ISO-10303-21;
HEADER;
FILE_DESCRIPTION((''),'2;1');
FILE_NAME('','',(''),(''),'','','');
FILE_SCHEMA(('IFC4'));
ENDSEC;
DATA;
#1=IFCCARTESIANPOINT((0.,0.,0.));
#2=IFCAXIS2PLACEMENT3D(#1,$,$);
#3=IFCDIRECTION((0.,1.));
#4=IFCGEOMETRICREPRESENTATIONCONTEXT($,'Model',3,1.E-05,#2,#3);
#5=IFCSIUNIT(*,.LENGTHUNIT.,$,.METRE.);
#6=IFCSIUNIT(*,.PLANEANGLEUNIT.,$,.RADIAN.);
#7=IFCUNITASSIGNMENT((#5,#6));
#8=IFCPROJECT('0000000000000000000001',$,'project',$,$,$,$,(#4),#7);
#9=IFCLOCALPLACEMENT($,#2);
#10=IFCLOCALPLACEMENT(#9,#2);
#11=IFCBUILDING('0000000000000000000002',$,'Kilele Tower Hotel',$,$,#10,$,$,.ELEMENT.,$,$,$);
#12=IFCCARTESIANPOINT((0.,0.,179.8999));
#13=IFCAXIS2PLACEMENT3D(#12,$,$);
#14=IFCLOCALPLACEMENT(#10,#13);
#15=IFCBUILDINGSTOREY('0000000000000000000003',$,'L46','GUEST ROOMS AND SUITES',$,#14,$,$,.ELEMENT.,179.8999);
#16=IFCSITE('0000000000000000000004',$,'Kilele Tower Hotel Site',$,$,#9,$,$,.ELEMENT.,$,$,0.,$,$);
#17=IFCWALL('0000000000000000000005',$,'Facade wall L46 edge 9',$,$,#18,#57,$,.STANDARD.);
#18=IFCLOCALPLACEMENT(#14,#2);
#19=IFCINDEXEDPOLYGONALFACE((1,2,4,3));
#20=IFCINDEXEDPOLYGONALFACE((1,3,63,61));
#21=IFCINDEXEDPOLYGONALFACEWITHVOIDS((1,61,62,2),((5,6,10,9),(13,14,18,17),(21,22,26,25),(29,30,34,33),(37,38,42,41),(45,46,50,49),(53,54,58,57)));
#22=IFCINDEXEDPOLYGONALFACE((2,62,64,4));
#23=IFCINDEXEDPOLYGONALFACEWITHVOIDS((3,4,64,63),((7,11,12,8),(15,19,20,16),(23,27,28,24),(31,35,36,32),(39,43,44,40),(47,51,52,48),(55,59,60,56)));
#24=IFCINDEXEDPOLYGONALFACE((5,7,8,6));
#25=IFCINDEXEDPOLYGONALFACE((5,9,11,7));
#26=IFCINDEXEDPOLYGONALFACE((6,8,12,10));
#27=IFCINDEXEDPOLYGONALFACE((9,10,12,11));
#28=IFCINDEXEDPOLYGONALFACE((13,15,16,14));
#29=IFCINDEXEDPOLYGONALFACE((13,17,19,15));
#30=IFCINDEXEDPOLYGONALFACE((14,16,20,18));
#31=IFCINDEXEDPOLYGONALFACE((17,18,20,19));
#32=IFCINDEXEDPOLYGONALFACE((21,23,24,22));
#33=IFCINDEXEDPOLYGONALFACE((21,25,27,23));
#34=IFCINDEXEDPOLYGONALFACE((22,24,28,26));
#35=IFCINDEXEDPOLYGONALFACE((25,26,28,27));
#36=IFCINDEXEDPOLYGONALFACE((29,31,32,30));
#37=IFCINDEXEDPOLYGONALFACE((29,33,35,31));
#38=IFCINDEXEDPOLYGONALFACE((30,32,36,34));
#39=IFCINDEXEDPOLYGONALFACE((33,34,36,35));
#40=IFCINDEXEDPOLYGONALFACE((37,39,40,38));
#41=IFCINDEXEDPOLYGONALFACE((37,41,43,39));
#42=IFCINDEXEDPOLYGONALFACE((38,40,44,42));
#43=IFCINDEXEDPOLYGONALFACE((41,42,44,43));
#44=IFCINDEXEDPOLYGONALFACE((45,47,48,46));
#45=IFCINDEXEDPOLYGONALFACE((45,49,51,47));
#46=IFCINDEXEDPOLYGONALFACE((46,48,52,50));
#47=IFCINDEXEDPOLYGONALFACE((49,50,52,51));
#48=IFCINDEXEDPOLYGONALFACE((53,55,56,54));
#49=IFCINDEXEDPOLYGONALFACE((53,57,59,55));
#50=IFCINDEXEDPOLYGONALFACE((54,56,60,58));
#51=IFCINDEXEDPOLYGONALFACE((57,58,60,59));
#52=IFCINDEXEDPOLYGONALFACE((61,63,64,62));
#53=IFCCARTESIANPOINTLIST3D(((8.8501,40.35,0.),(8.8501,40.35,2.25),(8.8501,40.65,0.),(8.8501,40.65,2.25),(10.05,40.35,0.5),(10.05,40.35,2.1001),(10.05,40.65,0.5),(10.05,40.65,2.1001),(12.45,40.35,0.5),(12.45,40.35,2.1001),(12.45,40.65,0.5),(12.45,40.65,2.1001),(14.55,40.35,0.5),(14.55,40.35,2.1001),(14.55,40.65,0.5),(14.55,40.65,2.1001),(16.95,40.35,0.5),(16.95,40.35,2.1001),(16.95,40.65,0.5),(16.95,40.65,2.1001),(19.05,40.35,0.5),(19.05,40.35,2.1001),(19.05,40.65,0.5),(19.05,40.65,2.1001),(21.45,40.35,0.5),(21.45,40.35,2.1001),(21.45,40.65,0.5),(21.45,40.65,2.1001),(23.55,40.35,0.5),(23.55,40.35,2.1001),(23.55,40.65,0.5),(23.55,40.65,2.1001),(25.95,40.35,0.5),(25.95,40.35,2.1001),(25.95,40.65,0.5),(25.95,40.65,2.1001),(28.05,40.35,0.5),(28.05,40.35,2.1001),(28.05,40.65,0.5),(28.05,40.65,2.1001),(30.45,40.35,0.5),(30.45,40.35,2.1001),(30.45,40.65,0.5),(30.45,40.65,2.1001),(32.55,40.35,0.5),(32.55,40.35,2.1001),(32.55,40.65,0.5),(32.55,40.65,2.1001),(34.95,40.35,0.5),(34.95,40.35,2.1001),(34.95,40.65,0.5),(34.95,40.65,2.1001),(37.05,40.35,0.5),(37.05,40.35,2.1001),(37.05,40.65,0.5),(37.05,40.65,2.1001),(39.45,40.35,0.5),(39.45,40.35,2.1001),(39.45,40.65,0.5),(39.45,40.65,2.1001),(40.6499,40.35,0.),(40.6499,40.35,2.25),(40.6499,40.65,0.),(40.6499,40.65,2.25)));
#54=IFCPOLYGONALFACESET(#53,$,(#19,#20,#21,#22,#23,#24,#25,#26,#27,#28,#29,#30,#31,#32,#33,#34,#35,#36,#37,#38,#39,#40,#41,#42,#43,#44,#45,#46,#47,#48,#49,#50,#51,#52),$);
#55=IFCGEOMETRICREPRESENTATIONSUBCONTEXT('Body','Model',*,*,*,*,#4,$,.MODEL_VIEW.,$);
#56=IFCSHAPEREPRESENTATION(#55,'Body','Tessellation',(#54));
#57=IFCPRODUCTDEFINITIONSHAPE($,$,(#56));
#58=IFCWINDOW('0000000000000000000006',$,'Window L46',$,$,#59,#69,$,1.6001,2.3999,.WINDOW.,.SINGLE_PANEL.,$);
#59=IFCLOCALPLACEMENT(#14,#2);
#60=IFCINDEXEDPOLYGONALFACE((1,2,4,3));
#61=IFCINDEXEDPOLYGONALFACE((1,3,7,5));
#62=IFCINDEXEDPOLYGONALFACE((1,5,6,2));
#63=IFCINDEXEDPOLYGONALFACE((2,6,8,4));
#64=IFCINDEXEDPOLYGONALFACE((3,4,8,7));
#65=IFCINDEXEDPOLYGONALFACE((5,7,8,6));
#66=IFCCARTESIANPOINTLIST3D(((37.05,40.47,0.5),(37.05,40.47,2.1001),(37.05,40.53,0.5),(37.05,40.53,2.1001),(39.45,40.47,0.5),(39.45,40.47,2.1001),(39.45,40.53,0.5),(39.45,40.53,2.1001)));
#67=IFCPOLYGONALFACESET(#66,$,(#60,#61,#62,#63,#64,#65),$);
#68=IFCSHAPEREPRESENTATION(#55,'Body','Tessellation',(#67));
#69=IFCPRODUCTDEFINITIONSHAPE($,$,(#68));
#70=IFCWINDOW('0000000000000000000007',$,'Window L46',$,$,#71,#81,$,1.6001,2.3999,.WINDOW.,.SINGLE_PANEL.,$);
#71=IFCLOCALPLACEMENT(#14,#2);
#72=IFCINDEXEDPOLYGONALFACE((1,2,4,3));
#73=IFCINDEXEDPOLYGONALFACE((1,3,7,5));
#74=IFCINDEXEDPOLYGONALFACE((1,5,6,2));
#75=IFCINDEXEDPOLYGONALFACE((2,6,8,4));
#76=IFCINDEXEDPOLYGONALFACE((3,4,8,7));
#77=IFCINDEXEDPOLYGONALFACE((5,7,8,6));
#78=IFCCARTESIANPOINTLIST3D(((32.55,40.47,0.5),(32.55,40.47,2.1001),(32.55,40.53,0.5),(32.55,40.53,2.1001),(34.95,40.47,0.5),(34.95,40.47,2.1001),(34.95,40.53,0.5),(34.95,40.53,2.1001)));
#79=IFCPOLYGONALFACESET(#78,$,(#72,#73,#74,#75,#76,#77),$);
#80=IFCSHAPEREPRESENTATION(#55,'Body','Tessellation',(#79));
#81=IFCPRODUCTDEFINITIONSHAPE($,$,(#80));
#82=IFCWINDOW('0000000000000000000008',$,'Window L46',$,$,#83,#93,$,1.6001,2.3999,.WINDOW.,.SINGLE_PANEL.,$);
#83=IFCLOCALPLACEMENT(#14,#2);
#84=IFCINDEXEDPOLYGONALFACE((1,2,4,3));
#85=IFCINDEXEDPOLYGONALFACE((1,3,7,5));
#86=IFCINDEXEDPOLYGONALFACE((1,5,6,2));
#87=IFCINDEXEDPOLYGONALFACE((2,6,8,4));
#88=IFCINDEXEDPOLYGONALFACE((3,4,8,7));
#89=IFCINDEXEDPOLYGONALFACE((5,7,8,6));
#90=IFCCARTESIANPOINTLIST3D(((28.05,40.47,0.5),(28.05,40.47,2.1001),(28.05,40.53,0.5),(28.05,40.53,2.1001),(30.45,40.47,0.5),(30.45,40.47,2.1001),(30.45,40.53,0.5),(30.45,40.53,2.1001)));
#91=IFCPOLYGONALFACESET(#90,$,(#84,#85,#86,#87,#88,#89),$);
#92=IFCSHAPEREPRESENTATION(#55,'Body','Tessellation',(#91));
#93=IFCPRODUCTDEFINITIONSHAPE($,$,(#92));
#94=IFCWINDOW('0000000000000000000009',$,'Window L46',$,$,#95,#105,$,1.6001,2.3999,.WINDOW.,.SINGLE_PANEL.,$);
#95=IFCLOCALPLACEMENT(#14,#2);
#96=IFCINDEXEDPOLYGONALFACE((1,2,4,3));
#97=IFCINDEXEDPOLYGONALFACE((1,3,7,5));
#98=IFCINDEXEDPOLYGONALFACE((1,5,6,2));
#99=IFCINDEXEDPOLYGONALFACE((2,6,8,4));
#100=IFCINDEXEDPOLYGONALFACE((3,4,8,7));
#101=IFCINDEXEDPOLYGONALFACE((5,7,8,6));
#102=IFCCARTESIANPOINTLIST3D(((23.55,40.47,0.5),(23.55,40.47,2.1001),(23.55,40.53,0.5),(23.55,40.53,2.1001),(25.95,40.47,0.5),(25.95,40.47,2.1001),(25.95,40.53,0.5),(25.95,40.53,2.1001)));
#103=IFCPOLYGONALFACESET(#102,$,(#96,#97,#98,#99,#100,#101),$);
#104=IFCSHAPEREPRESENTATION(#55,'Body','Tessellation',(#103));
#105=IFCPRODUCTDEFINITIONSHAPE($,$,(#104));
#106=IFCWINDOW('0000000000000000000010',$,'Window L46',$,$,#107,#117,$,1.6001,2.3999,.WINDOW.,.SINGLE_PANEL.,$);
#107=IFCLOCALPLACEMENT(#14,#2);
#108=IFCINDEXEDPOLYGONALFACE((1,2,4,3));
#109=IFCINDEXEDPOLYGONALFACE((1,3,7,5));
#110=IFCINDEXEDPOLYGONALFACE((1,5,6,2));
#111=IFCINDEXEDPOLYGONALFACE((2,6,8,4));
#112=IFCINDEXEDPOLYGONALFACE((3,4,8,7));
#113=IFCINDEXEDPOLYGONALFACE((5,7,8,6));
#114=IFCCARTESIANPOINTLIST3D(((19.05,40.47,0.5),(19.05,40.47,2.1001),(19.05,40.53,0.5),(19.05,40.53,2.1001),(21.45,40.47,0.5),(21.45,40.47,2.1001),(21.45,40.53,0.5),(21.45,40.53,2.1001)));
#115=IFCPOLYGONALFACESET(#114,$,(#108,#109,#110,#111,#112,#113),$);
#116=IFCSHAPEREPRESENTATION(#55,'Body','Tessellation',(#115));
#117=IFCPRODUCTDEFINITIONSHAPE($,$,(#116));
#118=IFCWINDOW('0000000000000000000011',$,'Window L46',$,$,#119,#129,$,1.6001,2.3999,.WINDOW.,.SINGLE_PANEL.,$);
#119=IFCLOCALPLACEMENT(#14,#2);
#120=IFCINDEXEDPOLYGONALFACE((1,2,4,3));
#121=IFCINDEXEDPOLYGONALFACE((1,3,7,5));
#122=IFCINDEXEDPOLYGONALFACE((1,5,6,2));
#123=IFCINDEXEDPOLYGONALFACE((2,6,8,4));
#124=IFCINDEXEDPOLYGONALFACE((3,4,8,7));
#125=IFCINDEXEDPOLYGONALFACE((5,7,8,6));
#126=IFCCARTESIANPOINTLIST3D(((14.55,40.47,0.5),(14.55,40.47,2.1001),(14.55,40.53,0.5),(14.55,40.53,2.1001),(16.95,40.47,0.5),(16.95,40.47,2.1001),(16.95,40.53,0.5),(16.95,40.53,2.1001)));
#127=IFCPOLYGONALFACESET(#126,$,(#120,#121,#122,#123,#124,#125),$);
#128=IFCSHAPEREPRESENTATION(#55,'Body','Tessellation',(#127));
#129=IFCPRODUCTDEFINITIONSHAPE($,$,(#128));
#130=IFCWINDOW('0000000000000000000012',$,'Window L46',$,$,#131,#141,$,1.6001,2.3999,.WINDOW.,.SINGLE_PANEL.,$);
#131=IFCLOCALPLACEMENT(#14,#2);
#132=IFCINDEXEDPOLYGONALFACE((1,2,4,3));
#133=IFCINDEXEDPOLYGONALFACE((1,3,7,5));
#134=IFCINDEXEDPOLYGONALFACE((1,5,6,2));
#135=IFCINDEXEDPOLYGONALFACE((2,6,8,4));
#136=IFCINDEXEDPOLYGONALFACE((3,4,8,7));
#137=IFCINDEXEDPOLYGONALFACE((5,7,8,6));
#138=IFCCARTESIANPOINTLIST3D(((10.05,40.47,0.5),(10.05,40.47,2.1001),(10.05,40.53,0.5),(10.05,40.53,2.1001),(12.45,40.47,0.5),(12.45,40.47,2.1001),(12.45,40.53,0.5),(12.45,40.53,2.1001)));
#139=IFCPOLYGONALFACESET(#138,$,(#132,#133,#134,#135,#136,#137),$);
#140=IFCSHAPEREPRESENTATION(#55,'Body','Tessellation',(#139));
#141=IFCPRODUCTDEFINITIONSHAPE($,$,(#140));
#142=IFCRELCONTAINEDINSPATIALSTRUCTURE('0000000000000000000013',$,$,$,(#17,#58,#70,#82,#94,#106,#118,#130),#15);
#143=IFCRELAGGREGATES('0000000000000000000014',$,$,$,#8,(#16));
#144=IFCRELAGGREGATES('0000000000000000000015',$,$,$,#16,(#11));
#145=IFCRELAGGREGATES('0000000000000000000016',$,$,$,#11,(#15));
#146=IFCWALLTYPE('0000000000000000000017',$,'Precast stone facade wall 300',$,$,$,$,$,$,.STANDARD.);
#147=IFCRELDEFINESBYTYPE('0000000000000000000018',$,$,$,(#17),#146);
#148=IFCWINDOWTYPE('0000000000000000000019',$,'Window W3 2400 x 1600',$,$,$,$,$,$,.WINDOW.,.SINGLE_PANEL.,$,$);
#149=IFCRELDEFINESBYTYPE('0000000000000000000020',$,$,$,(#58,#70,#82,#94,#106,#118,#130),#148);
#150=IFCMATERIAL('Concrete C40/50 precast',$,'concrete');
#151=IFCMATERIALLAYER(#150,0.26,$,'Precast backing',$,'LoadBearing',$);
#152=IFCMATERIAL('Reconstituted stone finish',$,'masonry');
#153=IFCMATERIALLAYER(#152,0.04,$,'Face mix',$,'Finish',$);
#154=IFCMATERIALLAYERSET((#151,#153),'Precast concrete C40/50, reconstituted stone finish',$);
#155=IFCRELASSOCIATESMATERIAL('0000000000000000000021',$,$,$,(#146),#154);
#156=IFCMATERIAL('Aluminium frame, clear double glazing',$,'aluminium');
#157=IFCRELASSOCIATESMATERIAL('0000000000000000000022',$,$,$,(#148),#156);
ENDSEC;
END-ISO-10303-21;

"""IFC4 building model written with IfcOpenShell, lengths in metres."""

from ifc_helpers import new_model, si_unit, direction, frame, frame_2d, origin, place, context, subcontext, project, spatial, rectangle, extrude, material, layer, layer_set, type_object, element, fill, save


model = new_model("IFC4")

# Units and contexts
model_context = context("Model", 3, precision=1e-05, world=origin(), true_north=direction((0.0, 1.0)))
body_context = subcontext(model_context, "Body", "Model", "MODEL_VIEW")
ifc_project = project(units=[si_unit("LENGTHUNIT", "METRE"), si_unit("PLANEANGLEUNIT", "RADIAN")], contexts=[model_context])

# Site, building, storey
site_placement = place(None, origin())
site = spatial("IfcSite", under=ifc_project, at=site_placement, Name="Kilele Tower Hotel Site", CompositionType="ELEMENT", RefElevation=0.0)
building_placement = place(site_placement, origin())
building = spatial("IfcBuilding", under=site, at=building_placement, Name="Kilele Tower Hotel", CompositionType="ELEMENT")
storey_placement = place(building_placement, frame((0.0, 0.0, 179.8999)))
storey = spatial("IfcBuildingStorey", under=building, at=storey_placement, Name="L46", Description="GUEST ROOMS AND SUITES", CompositionType="ELEMENT", Elevation=179.8999)

# Shared definitions
ifc_material_1 = material(Name="Concrete C40/50 precast", Category="concrete")
ifc_layer_1 = layer(ifc_material_1, 0.26, Name="Precast backing", Category="LoadBearing")
ifc_material_2 = material(Name="Reconstituted stone finish", Category="masonry")
ifc_layer_2 = layer(ifc_material_2, 0.04, Name="Face mix", Category="Finish")
ifc_layer_set_1 = layer_set([ifc_layer_1, ifc_layer_2], Name="Precast concrete C40/50, reconstituted stone finish")
wall_type_1 = type_object("IfcWallType", Name="Precast stone facade wall 300", PredefinedType="STANDARD", material=ifc_layer_set_1)
ifc_material_3 = material(Name="Aluminium frame, clear double glazing", Category="aluminium")
window_type = type_object("IfcWindowType", Name="Window W3 2400 x 1600", PartitioningType="SINGLE_PANEL", PredefinedType="WINDOW", material=ifc_material_3)

# Wall, openings, windows
wall_1_placement = place(storey_placement, frame((40.6499, 40.5, 0.0), z_axis=(0.0, 0.0, 1.0), x_axis=(-1.0, 0.0, 0.0)))
wall_1 = element("IfcWall", 1, at=wall_1_placement, inside=storey, type_object=wall_type_1, Name="Facade wall L46 edge 9", PredefinedType="STANDARD", context=body_context, shape_type="SweptSolid", body=[
    extrude(rectangle(XDim=31.7998, YDim=0.3, at=frame_2d((15.8999, 0.0))), origin(), (0.0, 0.0, 1.0), 2.25),
])
opening_1_placement = place(wall_1_placement, frame((1.2, 0.0, 0.5)))
opening_1 = element("IfcOpeningElement", 2, at=opening_1_placement, cuts=wall_1, PredefinedType="OPENING", context=body_context, shape_type="SweptSolid", body=[
    extrude(rectangle(XDim=2.3999, YDim=1.6001, at=frame_2d((1.2, 0.8))), frame((0.0, 0.1599, 0.0), z_axis=(0.0, -1.0, 0.0), x_axis=(1.0, 0.0, 0.0)), (0.0, 0.0, 1.0), 0.3201),
])
opening_2_placement = place(wall_1_placement, frame((5.7, 0.0, 0.5)))
opening_2 = element("IfcOpeningElement", 3, at=opening_2_placement, cuts=wall_1, PredefinedType="OPENING", context=body_context, shape_type="SweptSolid", body=[
    extrude(rectangle(XDim=2.3999, YDim=1.6001, at=frame_2d((1.2, 0.8))), frame((0.0, 0.1599, 0.0), z_axis=(0.0, -1.0, 0.0), x_axis=(1.0, 0.0, 0.0)), (0.0, 0.0, 1.0), 0.3201),
])
opening_3_placement = place(wall_1_placement, frame((10.2, 0.0, 0.5)))
opening_3 = element("IfcOpeningElement", 4, at=opening_3_placement, cuts=wall_1, PredefinedType="OPENING", context=body_context, shape_type="SweptSolid", body=[
    extrude(rectangle(XDim=2.3999, YDim=1.6001, at=frame_2d((1.2, 0.8))), frame((0.0, 0.1599, 0.0), z_axis=(0.0, -1.0, 0.0), x_axis=(1.0, 0.0, 0.0)), (0.0, 0.0, 1.0), 0.3201),
])
opening_4_placement = place(wall_1_placement, frame((14.7, 0.0, 0.5)))
opening_4 = element("IfcOpeningElement", 5, at=opening_4_placement, cuts=wall_1, PredefinedType="OPENING", context=body_context, shape_type="SweptSolid", body=[
    extrude(rectangle(XDim=2.3999, YDim=1.6001, at=frame_2d((1.2, 0.8))), frame((0.0, 0.1599, 0.0), z_axis=(0.0, -1.0, 0.0), x_axis=(1.0, 0.0, 0.0)), (0.0, 0.0, 1.0), 0.3201),
])
opening_5_placement = place(wall_1_placement, frame((19.2, 0.0, 0.5)))
opening_5 = element("IfcOpeningElement", 6, at=opening_5_placement, cuts=wall_1, PredefinedType="OPENING", context=body_context, shape_type="SweptSolid", body=[
    extrude(rectangle(XDim=2.3999, YDim=1.6001, at=frame_2d((1.2, 0.8))), frame((0.0, 0.1599, 0.0), z_axis=(0.0, -1.0, 0.0), x_axis=(1.0, 0.0, 0.0)), (0.0, 0.0, 1.0), 0.3201),
])
opening_6_placement = place(wall_1_placement, frame((23.7, 0.0, 0.5)))
opening_6 = element("IfcOpeningElement", 7, at=opening_6_placement, cuts=wall_1, PredefinedType="OPENING", context=body_context, shape_type="SweptSolid", body=[
    extrude(rectangle(XDim=2.3999, YDim=1.6001, at=frame_2d((1.2, 0.8))), frame((0.0, 0.1599, 0.0), z_axis=(0.0, -1.0, 0.0), x_axis=(1.0, 0.0, 0.0)), (0.0, 0.0, 1.0), 0.3201),
])
opening_7_placement = place(wall_1_placement, frame((28.2, 0.0, 0.5)))
opening_7 = element("IfcOpeningElement", 8, at=opening_7_placement, cuts=wall_1, PredefinedType="OPENING", context=body_context, shape_type="SweptSolid", body=[
    extrude(rectangle(XDim=2.3999, YDim=1.6001, at=frame_2d((1.2, 0.8))), frame((0.0, 0.1599, 0.0), z_axis=(0.0, -1.0, 0.0), x_axis=(1.0, 0.0, 0.0)), (0.0, 0.0, 1.0), 0.3201),
])
window_1_placement = place(opening_1_placement, origin())
window_1 = element("IfcWindow", 9, at=window_1_placement, inside=storey, type_object=window_type, Name="Window L46", OverallHeight=1.6001, OverallWidth=2.3999, PartitioningType="SINGLE_PANEL", PredefinedType="WINDOW", context=body_context, shape_type="SweptSolid", body=[
    extrude(rectangle(XDim=2.3999, YDim=1.6001, at=frame_2d((1.2, 0.8))), frame((0.0, 0.03, 0.0), z_axis=(0.0, -1.0, 0.0), x_axis=(1.0, 0.0, 0.0)), (0.0, 0.0, 1.0), 0.0601),
])
fill(opening_1, window_1)
window_2_placement = place(opening_2_placement, origin())
window_2 = element("IfcWindow", 10, at=window_2_placement, inside=storey, type_object=window_type, Name="Window L46", OverallHeight=1.6001, OverallWidth=2.3999, PartitioningType="SINGLE_PANEL", PredefinedType="WINDOW", context=body_context, shape_type="SweptSolid", body=[
    extrude(rectangle(XDim=2.3999, YDim=1.6001, at=frame_2d((1.2, 0.8))), frame((0.0, 0.03, 0.0), z_axis=(0.0, -1.0, 0.0), x_axis=(1.0, 0.0, 0.0)), (0.0, 0.0, 1.0), 0.0601),
])
fill(opening_2, window_2)
window_3_placement = place(opening_3_placement, origin())
window_3 = element("IfcWindow", 11, at=window_3_placement, inside=storey, type_object=window_type, Name="Window L46", OverallHeight=1.6001, OverallWidth=2.3999, PartitioningType="SINGLE_PANEL", PredefinedType="WINDOW", context=body_context, shape_type="SweptSolid", body=[
    extrude(rectangle(XDim=2.3999, YDim=1.6001, at=frame_2d((1.2, 0.8))), frame((0.0, 0.03, 0.0), z_axis=(0.0, -1.0, 0.0), x_axis=(1.0, 0.0, 0.0)), (0.0, 0.0, 1.0), 0.0601),
])
fill(opening_3, window_3)
window_4_placement = place(opening_4_placement, origin())
window_4 = element("IfcWindow", 12, at=window_4_placement, inside=storey, type_object=window_type, Name="Window L46", OverallHeight=1.6001, OverallWidth=2.3999, PartitioningType="SINGLE_PANEL", PredefinedType="WINDOW", context=body_context, shape_type="SweptSolid", body=[
    extrude(rectangle(XDim=2.3999, YDim=1.6001, at=frame_2d((1.2, 0.8))), frame((0.0, 0.03, 0.0), z_axis=(0.0, -1.0, 0.0), x_axis=(1.0, 0.0, 0.0)), (0.0, 0.0, 1.0), 0.0601),
])
fill(opening_4, window_4)
window_5_placement = place(opening_5_placement, origin())
window_5 = element("IfcWindow", 13, at=window_5_placement, inside=storey, type_object=window_type, Name="Window L46", OverallHeight=1.6001, OverallWidth=2.3999, PartitioningType="SINGLE_PANEL", PredefinedType="WINDOW", context=body_context, shape_type="SweptSolid", body=[
    extrude(rectangle(XDim=2.3999, YDim=1.6001, at=frame_2d((1.2, 0.8))), frame((0.0, 0.03, 0.0), z_axis=(0.0, -1.0, 0.0), x_axis=(1.0, 0.0, 0.0)), (0.0, 0.0, 1.0), 0.0601),
])
fill(opening_5, window_5)
window_6_placement = place(opening_6_placement, origin())
window_6 = element("IfcWindow", 14, at=window_6_placement, inside=storey, type_object=window_type, Name="Window L46", OverallHeight=1.6001, OverallWidth=2.3999, PartitioningType="SINGLE_PANEL", PredefinedType="WINDOW", context=body_context, shape_type="SweptSolid", body=[
    extrude(rectangle(XDim=2.3999, YDim=1.6001, at=frame_2d((1.2, 0.8))), frame((0.0, 0.03, 0.0), z_axis=(0.0, -1.0, 0.0), x_axis=(1.0, 0.0, 0.0)), (0.0, 0.0, 1.0), 0.0601),
])
fill(opening_6, window_6)
window_7_placement = place(opening_7_placement, origin())
window_7 = element("IfcWindow", 15, at=window_7_placement, inside=storey, type_object=window_type, Name="Window L46", OverallHeight=1.6001, OverallWidth=2.3999, PartitioningType="SINGLE_PANEL", PredefinedType="WINDOW", context=body_context, shape_type="SweptSolid", body=[
    extrude(rectangle(XDim=2.3999, YDim=1.6001, at=frame_2d((1.2, 0.8))), frame((0.0, 0.03, 0.0), z_axis=(0.0, -1.0, 0.0), x_axis=(1.0, 0.0, 0.0)), (0.0, 0.0, 1.0), 0.0601),
])
fill(opening_7, window_7)

save(model, "model.ifc")
